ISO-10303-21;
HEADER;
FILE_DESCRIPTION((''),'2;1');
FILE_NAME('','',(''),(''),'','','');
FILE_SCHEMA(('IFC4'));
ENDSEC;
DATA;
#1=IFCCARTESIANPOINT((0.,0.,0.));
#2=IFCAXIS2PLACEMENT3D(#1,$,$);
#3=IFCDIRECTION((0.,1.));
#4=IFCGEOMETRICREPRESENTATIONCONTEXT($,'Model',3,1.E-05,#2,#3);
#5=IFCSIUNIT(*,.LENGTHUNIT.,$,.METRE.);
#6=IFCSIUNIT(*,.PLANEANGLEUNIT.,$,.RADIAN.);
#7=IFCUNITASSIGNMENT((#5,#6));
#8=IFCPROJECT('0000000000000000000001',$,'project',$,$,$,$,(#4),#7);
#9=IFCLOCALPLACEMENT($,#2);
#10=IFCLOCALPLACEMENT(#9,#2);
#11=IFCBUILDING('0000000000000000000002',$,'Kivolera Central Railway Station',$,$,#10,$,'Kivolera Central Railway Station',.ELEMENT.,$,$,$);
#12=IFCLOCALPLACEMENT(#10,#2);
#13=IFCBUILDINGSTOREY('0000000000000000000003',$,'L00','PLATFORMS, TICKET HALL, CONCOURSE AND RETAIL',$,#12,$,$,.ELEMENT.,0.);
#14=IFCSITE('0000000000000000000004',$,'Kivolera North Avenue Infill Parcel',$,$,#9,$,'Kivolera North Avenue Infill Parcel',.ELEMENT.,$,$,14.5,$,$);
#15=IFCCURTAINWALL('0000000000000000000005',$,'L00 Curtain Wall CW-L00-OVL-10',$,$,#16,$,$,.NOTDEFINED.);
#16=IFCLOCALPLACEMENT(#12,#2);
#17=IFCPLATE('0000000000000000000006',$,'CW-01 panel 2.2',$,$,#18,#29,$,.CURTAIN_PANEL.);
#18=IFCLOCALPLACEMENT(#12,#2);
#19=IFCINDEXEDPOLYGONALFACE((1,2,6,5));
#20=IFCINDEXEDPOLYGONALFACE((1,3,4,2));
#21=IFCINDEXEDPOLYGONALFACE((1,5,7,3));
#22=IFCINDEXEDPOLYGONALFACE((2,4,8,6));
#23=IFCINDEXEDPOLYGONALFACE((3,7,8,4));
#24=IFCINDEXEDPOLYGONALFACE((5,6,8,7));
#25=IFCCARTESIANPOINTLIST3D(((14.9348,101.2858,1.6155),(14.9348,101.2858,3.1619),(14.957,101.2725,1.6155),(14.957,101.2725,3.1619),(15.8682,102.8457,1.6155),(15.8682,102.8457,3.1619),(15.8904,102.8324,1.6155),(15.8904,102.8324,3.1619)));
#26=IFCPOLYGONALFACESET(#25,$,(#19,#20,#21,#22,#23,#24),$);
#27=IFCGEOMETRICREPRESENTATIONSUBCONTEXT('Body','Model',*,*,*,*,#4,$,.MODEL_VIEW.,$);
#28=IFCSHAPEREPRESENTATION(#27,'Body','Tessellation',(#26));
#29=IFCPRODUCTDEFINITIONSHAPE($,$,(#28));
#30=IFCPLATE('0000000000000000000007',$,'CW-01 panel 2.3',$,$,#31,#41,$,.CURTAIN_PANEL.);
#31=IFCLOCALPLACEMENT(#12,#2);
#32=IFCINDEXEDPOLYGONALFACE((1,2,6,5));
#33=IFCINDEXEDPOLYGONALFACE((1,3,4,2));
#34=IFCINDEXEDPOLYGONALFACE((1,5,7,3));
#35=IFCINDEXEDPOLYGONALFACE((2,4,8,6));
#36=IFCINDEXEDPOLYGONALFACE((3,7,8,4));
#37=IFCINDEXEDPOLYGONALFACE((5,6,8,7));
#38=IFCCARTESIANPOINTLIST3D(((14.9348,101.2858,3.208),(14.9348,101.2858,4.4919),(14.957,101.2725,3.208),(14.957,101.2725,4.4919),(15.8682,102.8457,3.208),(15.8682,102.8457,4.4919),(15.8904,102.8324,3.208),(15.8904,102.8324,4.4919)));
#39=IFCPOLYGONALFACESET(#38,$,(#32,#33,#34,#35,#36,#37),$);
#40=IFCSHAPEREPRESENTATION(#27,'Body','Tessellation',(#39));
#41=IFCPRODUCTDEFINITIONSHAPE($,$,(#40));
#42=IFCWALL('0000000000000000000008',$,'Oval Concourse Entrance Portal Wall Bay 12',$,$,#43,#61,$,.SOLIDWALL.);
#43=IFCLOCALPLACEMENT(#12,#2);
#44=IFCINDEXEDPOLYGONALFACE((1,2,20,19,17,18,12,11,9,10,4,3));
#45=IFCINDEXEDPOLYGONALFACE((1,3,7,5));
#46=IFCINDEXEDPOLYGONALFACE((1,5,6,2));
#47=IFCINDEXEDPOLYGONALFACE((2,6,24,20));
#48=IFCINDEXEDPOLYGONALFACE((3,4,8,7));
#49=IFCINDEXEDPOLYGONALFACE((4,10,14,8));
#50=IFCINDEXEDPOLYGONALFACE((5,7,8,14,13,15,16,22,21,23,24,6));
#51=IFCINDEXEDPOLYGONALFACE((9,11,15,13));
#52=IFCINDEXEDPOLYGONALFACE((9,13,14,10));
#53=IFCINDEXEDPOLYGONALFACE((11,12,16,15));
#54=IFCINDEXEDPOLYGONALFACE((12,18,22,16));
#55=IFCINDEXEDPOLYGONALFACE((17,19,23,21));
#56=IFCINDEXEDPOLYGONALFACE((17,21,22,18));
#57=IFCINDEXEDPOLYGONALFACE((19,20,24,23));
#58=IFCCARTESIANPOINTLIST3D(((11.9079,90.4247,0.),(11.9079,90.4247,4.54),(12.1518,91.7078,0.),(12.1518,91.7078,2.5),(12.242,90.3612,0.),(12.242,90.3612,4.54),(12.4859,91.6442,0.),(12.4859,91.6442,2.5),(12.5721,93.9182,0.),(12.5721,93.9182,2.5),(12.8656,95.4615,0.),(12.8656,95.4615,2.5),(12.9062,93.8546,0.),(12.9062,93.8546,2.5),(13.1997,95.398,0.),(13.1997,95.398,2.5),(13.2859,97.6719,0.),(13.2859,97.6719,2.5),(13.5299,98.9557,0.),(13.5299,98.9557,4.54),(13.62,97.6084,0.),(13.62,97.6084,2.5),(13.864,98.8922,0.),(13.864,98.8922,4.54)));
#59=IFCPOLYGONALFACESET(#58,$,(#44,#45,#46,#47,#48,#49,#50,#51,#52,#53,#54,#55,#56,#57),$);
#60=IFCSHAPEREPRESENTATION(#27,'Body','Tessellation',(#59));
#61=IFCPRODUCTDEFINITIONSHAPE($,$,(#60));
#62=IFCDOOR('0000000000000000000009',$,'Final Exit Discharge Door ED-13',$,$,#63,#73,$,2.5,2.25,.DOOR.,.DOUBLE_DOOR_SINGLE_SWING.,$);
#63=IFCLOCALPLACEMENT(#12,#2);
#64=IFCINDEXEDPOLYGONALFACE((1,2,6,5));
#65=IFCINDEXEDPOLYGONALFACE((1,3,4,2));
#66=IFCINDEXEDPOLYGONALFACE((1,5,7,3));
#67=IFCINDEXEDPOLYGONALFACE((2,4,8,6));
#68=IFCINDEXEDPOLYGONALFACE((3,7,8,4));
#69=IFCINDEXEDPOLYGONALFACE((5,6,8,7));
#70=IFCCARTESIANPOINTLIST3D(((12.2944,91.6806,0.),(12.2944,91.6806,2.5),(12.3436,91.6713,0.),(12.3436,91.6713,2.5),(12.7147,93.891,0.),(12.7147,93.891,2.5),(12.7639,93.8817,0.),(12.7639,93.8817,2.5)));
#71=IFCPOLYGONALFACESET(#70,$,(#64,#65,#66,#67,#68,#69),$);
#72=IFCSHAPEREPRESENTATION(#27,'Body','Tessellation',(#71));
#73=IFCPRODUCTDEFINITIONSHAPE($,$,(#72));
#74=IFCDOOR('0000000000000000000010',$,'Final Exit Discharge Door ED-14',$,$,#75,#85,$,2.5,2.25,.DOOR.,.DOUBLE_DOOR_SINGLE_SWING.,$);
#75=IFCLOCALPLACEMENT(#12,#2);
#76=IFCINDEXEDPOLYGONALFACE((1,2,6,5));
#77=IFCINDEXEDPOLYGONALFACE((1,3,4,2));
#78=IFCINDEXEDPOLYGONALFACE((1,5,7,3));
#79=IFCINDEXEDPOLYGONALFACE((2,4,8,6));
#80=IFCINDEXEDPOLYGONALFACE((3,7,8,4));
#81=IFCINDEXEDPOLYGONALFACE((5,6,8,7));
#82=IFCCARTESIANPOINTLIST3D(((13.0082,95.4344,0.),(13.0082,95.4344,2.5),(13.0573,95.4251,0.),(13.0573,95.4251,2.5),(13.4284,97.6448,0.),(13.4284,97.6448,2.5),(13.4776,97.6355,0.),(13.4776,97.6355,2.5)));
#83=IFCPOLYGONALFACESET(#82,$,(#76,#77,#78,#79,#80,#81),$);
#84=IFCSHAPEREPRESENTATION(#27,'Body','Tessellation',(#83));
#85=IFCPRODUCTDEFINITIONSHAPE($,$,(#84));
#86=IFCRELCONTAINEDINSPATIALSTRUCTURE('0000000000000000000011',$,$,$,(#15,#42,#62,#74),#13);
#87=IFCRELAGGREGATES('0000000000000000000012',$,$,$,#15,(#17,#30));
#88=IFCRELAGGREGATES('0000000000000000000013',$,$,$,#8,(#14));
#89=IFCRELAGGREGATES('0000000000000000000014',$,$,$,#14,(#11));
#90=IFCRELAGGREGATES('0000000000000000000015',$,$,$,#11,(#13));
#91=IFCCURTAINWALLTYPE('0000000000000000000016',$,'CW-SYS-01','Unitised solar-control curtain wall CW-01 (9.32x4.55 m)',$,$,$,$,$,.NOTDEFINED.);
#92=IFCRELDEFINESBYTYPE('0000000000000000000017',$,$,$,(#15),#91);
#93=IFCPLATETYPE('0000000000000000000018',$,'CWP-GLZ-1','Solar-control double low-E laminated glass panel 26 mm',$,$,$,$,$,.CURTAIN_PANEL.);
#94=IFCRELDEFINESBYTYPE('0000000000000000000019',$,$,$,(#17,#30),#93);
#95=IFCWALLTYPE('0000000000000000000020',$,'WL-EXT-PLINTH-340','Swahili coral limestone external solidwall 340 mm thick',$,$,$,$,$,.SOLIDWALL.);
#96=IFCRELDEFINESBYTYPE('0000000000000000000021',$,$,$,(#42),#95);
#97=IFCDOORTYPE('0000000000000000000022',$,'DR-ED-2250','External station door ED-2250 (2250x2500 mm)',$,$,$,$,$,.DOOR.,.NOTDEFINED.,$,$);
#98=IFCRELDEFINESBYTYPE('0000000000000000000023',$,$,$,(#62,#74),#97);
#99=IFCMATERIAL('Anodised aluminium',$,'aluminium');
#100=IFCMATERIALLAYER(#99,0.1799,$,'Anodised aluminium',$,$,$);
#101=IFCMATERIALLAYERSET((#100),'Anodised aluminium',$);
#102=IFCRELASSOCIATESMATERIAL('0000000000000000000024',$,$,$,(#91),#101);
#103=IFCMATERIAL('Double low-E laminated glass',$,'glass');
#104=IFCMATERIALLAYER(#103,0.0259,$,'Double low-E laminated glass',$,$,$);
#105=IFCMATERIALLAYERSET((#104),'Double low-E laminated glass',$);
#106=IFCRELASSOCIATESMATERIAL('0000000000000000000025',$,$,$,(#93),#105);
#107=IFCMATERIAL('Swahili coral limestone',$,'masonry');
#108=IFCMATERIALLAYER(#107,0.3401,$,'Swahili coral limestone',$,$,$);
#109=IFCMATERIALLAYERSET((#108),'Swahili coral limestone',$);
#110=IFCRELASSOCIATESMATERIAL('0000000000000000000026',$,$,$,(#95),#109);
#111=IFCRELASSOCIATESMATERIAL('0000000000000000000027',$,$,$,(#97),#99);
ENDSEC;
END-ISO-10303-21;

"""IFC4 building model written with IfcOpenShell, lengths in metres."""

from ifc_helpers import new_model, si_unit, direction, frame, frame_2d, origin, origin_2d, place, context, subcontext, project, spatial, rectangle, extrude, material, layer, layer_set, type_object, element, fill, aggregate, save


model = new_model("IFC4")

# Units and contexts
model_context = context("Model", 3, precision=1e-05, world=origin(), true_north=direction((0.0, 1.0)))
body_context = subcontext(model_context, "Body", "Model", "MODEL_VIEW")
ifc_project = project(units=[si_unit("LENGTHUNIT", "METRE"), si_unit("PLANEANGLEUNIT", "RADIAN")], contexts=[model_context])

# Site, building, storey
site_placement = place(None, origin())
site = spatial("IfcSite", under=ifc_project, at=site_placement, Name="Kivolera North Avenue Infill Parcel", LongName="Kivolera North Avenue Infill Parcel", CompositionType="ELEMENT", RefElevation=14.5)
building_placement = place(site_placement, origin())
building = spatial("IfcBuilding", under=site, at=building_placement, Name="Kivolera Central Railway Station", LongName="Kivolera Central Railway Station", CompositionType="ELEMENT")
storey_placement = place(building_placement, origin())
storey = spatial("IfcBuildingStorey", under=building, at=storey_placement, Name="L00", Description="PLATFORMS, TICKET HALL, CONCOURSE AND RETAIL", CompositionType="ELEMENT", Elevation=0.0)

# Curtain wall, plates
ifc_material_1 = material(Name="Anodised aluminium", Category="aluminium")
ifc_layer_1 = layer(ifc_material_1, 0.1799, Name="Anodised aluminium")
ifc_layer_set_1 = layer_set([ifc_layer_1], Name="Anodised aluminium")
curtain_wall_type = type_object("IfcCurtainWallType", Name="CW-SYS-01", Description="Unitised solar-control curtain wall CW-01 (9.32x4.55 m)", PredefinedType="NOTDEFINED", material=ifc_layer_set_1)
curtain_wall_placement = place(storey_placement, origin())
curtain_wall = element("IfcCurtainWall", 1, at=curtain_wall_placement, inside=storey, type_object=curtain_wall_type, Name="L00 Curtain Wall CW-L00-OVL-10", PredefinedType="NOTDEFINED")
ifc_material_2 = material(Name="Double low-E laminated glass", Category="glass")
ifc_layer_2 = layer(ifc_material_2, 0.0259, Name="Double low-E laminated glass")
ifc_layer_set_2 = layer_set([ifc_layer_2], Name="Double low-E laminated glass")
plate_type = type_object("IfcPlateType", Name="CWP-GLZ-1", Description="Solar-control double low-E laminated glass panel 26 mm", PredefinedType="CURTAIN_PANEL", material=ifc_layer_set_2)
plate_1_placement = place(storey_placement, frame((15.4126, 102.0591, 1.6155), z_axis=(0.0, 0.0, 1.0), x_axis=(0.513454, 0.858117, 0.0)))
plate_1 = element("IfcPlate", 2, at=plate_1_placement, type_object=plate_type, Name="CW-01 panel 2.2", PredefinedType="CURTAIN_PANEL", context=body_context, shape_type="SweptSolid", body=[
    extrude(rectangle(XDim=1.8179, YDim=0.0259, at=origin_2d()), origin(), (0.0, 0.0, 1.0), 1.5464),
])
plate_2_placement = place(storey_placement, frame((15.4126, 102.0591, 3.208), z_axis=(0.0, 0.0, 1.0), x_axis=(0.513454, 0.858117, 0.0)))
plate_2 = element("IfcPlate", 3, at=plate_2_placement, type_object=plate_type, Name="CW-01 panel 2.3", PredefinedType="CURTAIN_PANEL", context=body_context, shape_type="SweptSolid", body=[
    extrude(rectangle(XDim=1.8179, YDim=0.0259, at=origin_2d()), origin(), (0.0, 0.0, 1.0), 1.2839),
])
aggregate(curtain_wall, [plate_1, plate_2])

# Wall, openings, doors
ifc_material_3 = material(Name="Swahili coral limestone", Category="masonry")
ifc_layer_3 = layer(ifc_material_3, 0.3401, Name="Swahili coral limestone")
ifc_layer_set_3 = layer_set([ifc_layer_3], Name="Swahili coral limestone")
wall_type = type_object("IfcWallType", Name="WL-EXT-PLINTH-340", Description="Swahili coral limestone external solidwall 340 mm thick", PredefinedType="SOLIDWALL", material=ifc_layer_set_3)
wall_placement = place(storey_placement, frame((12.075, 90.3931, 0.0), z_axis=(0.0, 0.0, 1.0), x_axis=(0.186792, 0.9824, 0.0)))
wall = element("IfcWall", 4, at=wall_placement, inside=storey, type_object=wall_type, Name="Oval Concourse Entrance Portal Wall Bay 12", PredefinedType="SOLIDWALL", context=body_context, shape_type="SweptSolid", body=[
    extrude(rectangle(XDim=8.6838, YDim=0.3401, at=frame_2d((4.3418, 0.0))), origin(), (0.0, 0.0, 1.0), 4.54),
])
opening_1_placement = place(wall_placement, frame((1.3059, 0.0, 0.0)))
opening_1 = element("IfcOpeningElement", 5, at=opening_1_placement, cuts=wall, PredefinedType="OPENING", context=body_context, shape_type="SweptSolid", body=[
    extrude(rectangle(XDim=2.25, YDim=2.5, at=frame_2d((1.125, 1.25))), frame((0.0, 0.1799, 0.0), z_axis=(0.0, -1.0, 0.0), x_axis=(1.0, 0.0, 0.0)), (0.0, 0.0, 1.0), 0.3601),
])
opening_2_placement = place(wall_placement, frame((5.127, 0.0, 0.0)))
opening_2 = element("IfcOpeningElement", 6, at=opening_2_placement, cuts=wall, PredefinedType="OPENING", context=body_context, shape_type="SweptSolid", body=[
    extrude(rectangle(XDim=2.25, YDim=2.5, at=frame_2d((1.125, 1.25))), frame((0.0, 0.1799, 0.0), z_axis=(0.0, -1.0, 0.0), x_axis=(1.0, 0.0, 0.0)), (0.0, 0.0, 1.0), 0.3601),
])
door_type = type_object("IfcDoorType", Name="DR-ED-2250", Description="External station door ED-2250 (2250x2500 mm)", OperationType="NOTDEFINED", PredefinedType="DOOR", material=ifc_material_1)
door_1_placement = place(opening_1_placement, origin())
door_1 = element("IfcDoor", 7, at=door_1_placement, inside=storey, type_object=door_type, Name="Final Exit Discharge Door ED-13", OperationType="DOUBLE_DOOR_SINGLE_SWING", OverallHeight=2.5, OverallWidth=2.25, PredefinedType="DOOR", context=body_context, shape_type="SweptSolid", body=[
    extrude(rectangle(XDim=2.25, YDim=2.5, at=frame_2d((1.125, 1.25))), frame((0.0, 0.0249, 0.0), z_axis=(0.0, -1.0, 0.0), x_axis=(1.0, 0.0, 0.0)), (0.0, 0.0, 1.0), 0.05),
])
fill(opening_1, door_1)
door_2_placement = place(opening_2_placement, origin())
door_2 = element("IfcDoor", 8, at=door_2_placement, inside=storey, type_object=door_type, Name="Final Exit Discharge Door ED-14", OperationType="DOUBLE_DOOR_SINGLE_SWING", OverallHeight=2.5, OverallWidth=2.25, PredefinedType="DOOR", context=body_context, shape_type="SweptSolid", body=[
    extrude(rectangle(XDim=2.25, YDim=2.5, at=frame_2d((1.125, 1.25))), frame((0.0, 0.0249, 0.0), z_axis=(0.0, -1.0, 0.0), x_axis=(1.0, 0.0, 0.0)), (0.0, 0.0, 1.0), 0.05),
])
fill(opening_2, door_2)

save(model, "model.ifc")
